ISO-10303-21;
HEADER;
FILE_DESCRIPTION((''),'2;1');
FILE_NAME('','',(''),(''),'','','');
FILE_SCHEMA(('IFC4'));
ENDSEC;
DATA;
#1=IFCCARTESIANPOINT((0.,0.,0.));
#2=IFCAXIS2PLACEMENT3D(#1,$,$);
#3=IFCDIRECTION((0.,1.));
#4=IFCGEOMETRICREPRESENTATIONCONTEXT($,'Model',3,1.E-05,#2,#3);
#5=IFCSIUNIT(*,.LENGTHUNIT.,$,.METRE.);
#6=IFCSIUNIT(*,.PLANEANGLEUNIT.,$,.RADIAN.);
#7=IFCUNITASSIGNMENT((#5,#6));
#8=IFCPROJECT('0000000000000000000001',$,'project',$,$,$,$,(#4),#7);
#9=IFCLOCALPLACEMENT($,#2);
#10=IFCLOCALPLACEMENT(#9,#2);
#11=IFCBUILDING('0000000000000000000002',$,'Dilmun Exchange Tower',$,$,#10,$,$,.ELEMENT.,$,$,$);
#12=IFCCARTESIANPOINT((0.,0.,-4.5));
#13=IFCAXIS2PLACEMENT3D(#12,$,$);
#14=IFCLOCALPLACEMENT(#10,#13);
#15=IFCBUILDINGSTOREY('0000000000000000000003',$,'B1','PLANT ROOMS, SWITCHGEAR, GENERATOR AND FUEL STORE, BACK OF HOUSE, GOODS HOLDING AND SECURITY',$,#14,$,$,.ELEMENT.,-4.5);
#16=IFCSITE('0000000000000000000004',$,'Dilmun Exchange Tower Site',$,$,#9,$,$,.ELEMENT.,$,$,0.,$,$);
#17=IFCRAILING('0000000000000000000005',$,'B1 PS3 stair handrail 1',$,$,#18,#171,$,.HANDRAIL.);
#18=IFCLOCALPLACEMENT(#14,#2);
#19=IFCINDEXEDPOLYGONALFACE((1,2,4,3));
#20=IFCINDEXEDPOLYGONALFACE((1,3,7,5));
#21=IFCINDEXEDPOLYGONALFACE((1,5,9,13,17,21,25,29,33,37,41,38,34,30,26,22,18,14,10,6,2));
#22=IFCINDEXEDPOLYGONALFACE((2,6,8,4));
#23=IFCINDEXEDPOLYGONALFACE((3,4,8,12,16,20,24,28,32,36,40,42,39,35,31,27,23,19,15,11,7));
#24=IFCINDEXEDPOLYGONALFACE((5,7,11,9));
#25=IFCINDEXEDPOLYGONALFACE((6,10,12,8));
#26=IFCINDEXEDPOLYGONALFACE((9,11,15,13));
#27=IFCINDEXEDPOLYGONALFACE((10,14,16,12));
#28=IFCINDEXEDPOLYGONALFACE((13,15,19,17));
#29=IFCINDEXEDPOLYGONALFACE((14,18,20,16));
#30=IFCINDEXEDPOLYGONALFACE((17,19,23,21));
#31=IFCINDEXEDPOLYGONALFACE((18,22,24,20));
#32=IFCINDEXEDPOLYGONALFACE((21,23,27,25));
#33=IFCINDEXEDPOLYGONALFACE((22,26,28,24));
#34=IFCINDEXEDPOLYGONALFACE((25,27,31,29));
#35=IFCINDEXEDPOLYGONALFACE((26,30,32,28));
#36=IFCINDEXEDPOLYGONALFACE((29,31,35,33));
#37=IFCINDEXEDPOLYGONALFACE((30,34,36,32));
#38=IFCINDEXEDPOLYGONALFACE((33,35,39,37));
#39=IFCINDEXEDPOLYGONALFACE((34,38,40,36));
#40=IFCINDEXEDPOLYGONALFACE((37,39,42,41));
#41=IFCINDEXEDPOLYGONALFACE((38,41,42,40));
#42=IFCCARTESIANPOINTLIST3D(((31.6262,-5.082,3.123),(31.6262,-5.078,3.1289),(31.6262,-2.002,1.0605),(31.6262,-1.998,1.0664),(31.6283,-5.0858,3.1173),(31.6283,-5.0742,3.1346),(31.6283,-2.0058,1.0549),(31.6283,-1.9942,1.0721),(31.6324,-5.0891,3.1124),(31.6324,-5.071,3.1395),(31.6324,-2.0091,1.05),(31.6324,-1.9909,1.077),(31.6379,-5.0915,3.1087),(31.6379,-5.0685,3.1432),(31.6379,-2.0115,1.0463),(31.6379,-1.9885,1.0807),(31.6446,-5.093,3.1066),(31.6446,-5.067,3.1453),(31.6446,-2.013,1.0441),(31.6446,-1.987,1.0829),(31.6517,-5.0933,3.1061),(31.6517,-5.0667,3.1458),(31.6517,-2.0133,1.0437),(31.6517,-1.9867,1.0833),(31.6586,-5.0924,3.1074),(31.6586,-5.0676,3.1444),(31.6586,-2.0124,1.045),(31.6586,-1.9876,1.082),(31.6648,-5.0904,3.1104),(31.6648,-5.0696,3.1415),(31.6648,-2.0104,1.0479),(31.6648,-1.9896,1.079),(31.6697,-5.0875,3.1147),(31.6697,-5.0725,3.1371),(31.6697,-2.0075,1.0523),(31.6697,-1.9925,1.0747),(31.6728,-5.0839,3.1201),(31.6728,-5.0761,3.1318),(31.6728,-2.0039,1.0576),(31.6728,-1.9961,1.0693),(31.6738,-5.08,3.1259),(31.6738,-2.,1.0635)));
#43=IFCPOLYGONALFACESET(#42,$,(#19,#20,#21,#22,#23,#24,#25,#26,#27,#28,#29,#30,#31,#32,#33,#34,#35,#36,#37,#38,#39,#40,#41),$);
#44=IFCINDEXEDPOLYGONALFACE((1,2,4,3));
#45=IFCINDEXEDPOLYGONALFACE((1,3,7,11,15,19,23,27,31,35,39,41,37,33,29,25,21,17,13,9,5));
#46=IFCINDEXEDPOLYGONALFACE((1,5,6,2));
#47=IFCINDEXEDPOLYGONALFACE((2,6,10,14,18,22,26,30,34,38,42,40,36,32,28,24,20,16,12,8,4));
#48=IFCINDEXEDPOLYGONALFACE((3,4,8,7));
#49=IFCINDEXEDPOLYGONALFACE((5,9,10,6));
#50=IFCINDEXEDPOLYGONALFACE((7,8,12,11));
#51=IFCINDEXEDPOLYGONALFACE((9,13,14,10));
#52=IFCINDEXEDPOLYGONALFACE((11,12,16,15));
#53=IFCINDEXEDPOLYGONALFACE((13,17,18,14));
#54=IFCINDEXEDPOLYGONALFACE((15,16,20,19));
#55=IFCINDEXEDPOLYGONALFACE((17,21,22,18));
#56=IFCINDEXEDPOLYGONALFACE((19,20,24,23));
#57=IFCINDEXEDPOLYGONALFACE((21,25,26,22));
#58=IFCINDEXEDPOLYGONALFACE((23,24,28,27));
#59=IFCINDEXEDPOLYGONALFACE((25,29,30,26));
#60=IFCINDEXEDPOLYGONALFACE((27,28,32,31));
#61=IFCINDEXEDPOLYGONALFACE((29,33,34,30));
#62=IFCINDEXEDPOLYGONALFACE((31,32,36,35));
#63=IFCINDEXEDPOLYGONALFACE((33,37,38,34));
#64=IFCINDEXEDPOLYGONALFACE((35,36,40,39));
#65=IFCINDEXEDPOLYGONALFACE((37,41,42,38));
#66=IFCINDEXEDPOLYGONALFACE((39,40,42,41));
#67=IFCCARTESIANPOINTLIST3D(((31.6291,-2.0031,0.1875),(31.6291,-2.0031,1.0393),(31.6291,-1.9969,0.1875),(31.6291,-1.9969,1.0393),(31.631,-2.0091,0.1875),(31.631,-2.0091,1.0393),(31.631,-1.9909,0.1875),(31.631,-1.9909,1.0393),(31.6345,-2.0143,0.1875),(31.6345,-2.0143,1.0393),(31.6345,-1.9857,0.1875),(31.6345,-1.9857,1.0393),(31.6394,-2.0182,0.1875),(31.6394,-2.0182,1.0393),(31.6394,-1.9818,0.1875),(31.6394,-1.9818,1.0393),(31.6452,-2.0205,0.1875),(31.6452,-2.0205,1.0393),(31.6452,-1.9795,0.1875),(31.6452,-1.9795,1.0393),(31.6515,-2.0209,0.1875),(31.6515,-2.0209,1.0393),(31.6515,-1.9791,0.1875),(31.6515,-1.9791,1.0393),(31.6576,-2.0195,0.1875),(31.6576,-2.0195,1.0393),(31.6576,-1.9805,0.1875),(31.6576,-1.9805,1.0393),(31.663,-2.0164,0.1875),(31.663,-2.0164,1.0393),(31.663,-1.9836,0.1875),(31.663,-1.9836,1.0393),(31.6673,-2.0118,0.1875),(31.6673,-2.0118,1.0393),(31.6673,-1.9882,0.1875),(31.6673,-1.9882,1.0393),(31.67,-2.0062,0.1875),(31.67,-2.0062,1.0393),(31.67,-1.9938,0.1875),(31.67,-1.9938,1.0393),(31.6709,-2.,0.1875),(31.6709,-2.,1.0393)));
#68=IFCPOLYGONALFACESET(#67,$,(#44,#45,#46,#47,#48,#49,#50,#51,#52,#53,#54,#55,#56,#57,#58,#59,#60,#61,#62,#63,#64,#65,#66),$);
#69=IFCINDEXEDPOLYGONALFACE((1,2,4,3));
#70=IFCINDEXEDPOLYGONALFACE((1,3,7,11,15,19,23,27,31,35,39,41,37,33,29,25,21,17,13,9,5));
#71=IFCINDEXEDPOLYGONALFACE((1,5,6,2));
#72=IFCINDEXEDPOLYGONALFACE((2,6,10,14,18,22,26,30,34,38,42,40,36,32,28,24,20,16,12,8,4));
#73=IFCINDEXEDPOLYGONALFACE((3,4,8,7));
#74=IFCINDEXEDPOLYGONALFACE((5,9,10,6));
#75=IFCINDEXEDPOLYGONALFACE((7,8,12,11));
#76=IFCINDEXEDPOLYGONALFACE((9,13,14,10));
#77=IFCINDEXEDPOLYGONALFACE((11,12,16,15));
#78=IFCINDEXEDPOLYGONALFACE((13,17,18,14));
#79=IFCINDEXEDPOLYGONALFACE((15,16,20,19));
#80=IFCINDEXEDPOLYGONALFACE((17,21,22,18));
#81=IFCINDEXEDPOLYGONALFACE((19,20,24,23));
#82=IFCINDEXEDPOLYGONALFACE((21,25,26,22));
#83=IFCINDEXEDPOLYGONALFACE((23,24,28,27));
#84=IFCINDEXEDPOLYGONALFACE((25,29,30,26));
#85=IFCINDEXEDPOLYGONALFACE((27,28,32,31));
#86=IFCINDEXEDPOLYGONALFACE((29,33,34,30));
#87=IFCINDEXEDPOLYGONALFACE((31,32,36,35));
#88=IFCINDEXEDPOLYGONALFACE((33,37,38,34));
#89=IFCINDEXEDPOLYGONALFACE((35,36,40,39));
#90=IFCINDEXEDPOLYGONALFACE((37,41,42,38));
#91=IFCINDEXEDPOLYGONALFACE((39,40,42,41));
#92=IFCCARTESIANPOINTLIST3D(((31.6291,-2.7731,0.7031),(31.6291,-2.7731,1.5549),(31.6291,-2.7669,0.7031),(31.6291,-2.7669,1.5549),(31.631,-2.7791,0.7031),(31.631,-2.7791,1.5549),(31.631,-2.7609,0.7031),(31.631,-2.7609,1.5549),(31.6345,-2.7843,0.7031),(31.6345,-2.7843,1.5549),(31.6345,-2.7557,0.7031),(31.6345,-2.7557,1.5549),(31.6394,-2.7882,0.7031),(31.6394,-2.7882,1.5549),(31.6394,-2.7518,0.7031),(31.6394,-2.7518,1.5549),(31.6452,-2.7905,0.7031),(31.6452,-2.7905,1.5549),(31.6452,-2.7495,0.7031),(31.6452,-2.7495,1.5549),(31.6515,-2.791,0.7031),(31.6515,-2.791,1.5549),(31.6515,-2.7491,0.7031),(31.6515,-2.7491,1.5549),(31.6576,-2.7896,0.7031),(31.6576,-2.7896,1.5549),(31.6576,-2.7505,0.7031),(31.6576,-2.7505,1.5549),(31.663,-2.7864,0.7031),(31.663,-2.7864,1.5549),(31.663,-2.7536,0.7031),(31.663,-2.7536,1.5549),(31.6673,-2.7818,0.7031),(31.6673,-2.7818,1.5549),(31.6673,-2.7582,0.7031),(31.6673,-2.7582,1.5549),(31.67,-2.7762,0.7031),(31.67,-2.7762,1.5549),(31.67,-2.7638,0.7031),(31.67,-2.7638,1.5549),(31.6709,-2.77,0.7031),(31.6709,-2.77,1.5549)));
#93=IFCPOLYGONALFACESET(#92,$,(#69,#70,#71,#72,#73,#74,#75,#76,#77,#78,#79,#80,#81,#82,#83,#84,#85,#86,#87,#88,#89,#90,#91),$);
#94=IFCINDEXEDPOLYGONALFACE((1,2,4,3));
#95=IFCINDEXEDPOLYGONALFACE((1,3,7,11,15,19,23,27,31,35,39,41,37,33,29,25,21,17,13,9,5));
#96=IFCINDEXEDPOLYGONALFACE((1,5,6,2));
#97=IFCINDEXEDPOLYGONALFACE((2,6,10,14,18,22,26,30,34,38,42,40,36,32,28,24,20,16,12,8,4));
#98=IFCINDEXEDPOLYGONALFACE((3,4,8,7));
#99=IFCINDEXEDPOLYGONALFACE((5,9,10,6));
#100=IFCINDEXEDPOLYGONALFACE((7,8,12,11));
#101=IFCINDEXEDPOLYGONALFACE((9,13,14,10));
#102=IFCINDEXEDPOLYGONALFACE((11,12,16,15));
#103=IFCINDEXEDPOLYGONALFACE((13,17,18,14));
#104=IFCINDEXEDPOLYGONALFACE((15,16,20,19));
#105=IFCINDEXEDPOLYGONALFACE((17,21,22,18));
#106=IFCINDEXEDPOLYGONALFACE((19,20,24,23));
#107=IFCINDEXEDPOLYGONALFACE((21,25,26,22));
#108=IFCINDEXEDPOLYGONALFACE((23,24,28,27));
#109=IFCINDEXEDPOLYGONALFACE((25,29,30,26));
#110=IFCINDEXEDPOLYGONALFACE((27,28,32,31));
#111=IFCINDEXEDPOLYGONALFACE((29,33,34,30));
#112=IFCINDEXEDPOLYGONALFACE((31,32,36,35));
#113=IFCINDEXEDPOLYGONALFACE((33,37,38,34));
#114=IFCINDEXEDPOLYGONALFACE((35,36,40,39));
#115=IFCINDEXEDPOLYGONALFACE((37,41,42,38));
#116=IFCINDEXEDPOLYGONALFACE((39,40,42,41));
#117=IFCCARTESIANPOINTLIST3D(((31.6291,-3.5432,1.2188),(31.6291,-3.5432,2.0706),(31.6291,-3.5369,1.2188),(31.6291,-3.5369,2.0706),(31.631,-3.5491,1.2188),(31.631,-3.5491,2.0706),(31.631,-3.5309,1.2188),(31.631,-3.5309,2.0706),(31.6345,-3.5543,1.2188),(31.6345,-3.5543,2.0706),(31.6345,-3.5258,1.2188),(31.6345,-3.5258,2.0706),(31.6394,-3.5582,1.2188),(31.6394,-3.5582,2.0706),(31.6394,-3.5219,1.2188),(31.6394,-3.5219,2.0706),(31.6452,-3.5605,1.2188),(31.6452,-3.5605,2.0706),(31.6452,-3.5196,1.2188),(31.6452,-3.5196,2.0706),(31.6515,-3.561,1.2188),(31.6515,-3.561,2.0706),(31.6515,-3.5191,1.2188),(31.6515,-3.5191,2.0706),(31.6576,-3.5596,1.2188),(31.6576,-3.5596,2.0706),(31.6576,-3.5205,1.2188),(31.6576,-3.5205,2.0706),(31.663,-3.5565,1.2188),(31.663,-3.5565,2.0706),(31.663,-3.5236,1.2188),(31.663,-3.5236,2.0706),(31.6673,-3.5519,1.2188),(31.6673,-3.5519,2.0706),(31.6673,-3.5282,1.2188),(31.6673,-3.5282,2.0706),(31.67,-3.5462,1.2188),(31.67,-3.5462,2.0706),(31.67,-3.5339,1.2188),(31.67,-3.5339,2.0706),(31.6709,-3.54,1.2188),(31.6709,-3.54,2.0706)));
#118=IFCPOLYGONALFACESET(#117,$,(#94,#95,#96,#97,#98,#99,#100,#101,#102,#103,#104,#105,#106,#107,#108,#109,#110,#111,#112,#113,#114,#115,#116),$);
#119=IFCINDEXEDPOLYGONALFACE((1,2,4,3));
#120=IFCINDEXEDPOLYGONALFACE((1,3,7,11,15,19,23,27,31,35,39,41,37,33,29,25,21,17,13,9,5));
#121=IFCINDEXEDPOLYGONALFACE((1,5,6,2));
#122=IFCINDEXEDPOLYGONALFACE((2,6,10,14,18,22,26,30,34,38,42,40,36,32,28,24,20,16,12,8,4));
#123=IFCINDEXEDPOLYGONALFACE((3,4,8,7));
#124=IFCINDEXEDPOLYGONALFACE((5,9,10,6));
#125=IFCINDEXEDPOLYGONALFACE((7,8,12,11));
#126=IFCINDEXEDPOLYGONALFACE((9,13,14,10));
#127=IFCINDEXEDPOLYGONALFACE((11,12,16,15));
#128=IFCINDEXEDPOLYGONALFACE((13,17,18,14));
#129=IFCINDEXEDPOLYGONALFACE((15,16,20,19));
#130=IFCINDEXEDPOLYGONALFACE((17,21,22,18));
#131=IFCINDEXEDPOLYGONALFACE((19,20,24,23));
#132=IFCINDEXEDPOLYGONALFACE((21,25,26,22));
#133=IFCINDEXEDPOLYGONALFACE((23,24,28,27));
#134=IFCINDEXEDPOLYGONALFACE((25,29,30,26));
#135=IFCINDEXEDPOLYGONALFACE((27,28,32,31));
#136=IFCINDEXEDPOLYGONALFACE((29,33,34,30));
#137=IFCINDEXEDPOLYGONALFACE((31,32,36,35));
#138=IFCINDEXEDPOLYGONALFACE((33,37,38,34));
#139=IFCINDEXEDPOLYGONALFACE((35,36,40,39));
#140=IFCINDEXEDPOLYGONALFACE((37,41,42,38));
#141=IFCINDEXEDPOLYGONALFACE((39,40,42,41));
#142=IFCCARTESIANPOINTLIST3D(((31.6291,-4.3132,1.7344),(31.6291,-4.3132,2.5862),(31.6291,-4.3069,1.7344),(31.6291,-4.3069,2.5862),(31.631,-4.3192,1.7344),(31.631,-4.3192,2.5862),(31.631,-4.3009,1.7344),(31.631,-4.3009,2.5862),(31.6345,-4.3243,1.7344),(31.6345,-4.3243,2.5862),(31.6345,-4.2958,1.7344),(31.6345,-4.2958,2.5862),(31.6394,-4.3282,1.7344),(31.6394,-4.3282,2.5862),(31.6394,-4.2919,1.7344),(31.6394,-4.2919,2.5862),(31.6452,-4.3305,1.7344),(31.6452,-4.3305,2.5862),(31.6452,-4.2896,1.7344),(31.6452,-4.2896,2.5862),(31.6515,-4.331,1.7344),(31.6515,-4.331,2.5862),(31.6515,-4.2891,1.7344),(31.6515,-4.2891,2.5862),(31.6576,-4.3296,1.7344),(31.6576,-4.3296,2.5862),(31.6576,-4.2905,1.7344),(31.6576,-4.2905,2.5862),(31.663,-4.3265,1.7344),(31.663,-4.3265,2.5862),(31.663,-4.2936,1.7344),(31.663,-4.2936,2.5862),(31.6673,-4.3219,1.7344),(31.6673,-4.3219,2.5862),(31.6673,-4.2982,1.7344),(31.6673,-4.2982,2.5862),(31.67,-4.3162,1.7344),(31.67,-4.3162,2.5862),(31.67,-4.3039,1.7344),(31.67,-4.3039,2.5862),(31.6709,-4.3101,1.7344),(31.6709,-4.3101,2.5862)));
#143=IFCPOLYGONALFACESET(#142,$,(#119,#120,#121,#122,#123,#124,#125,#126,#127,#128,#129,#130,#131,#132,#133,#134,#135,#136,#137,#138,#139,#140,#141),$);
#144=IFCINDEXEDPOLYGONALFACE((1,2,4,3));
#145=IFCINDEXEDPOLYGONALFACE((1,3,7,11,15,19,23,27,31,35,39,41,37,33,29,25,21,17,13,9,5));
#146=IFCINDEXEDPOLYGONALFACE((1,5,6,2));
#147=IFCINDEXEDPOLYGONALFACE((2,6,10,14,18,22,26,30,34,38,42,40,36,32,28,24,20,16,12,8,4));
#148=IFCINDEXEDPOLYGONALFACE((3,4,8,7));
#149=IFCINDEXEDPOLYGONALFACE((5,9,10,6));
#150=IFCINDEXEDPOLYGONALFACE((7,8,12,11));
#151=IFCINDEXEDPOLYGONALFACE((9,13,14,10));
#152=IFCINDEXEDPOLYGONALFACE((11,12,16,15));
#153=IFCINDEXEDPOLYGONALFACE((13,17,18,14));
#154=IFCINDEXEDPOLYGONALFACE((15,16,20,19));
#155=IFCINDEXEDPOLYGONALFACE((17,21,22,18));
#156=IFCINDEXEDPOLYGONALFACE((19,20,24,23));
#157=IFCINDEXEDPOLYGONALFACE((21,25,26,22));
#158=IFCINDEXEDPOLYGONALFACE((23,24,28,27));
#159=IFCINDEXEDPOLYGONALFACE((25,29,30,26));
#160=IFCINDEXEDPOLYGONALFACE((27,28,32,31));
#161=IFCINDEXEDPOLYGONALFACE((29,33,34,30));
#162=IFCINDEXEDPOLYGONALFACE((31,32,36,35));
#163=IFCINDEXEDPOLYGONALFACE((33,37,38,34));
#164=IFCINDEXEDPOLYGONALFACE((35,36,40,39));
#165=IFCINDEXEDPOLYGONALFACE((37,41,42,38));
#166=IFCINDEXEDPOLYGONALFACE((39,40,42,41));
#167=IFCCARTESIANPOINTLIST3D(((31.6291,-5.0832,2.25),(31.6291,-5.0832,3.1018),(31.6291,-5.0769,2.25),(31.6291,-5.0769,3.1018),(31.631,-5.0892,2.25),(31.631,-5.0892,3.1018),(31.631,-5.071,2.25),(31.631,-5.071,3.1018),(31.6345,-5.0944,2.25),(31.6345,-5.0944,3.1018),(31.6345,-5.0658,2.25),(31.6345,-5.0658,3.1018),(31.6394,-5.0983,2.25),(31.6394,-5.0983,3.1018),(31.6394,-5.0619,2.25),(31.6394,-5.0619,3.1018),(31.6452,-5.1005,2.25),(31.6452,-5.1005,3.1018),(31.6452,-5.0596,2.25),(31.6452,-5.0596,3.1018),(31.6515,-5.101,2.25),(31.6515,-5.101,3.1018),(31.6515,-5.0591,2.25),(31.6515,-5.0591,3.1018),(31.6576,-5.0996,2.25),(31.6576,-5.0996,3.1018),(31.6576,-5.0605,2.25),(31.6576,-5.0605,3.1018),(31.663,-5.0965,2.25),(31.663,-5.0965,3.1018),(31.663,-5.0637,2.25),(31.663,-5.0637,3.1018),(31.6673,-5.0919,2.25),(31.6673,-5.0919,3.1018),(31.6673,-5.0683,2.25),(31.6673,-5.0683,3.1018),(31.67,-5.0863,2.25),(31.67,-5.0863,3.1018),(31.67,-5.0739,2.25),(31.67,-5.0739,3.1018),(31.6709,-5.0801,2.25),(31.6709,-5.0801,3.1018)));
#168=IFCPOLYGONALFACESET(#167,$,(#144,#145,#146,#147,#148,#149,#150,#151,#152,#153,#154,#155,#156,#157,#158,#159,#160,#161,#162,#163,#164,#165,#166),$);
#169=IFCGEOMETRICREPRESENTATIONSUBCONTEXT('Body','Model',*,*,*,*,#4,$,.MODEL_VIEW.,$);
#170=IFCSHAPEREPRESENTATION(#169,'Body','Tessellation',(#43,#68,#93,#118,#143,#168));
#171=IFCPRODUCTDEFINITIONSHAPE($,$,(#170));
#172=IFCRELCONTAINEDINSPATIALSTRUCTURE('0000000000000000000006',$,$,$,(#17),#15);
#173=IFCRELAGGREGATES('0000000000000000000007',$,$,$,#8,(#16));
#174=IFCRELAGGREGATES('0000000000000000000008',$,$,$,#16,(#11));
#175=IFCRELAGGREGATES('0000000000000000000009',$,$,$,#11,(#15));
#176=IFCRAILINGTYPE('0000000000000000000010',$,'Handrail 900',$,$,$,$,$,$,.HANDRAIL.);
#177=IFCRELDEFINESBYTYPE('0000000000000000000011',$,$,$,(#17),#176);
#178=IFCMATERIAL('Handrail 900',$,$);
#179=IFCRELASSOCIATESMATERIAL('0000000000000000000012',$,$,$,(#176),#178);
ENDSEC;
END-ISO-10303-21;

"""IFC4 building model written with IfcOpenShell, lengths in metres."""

from ifc_helpers import new_model, si_unit, direction, frame, origin, origin_2d, place, context, subcontext, project, spatial, circle, extrude, material, type_object, element, save


model = new_model("IFC4")

# Units and contexts
model_context = context("Model", 3, precision=1e-05, world=origin(), true_north=direction((0.0, 1.0)))
body_context = subcontext(model_context, "Body", "Model", "MODEL_VIEW")
ifc_project = project(units=[si_unit("LENGTHUNIT", "METRE"), si_unit("PLANEANGLEUNIT", "RADIAN")], contexts=[model_context])

# Site, building, storey
site_placement = place(None, origin())
site = spatial("IfcSite", under=ifc_project, at=site_placement, Name="Dilmun Exchange Tower Site", CompositionType="ELEMENT", RefElevation=0.0)
building_placement = place(site_placement, origin())
building = spatial("IfcBuilding", under=site, at=building_placement, Name="Dilmun Exchange Tower", CompositionType="ELEMENT")
storey_placement = place(building_placement, frame((0.0, 0.0, -4.5)))
storey = spatial("IfcBuildingStorey", under=building, at=storey_placement, Name="B1", Description="PLANT ROOMS, SWITCHGEAR, GENERATOR AND FUEL STORE, BACK OF HOUSE, GOODS HOLDING AND SECURITY", CompositionType="ELEMENT", Elevation=-4.5)

# Railing
ifc_material_1 = material(Name="Handrail 900")
railing_type_1 = type_object("IfcRailingType", Name="Handrail 900", PredefinedType="HANDRAIL", material=ifc_material_1)
railing_1_placement = place(storey_placement, frame((31.6499, -2.0, 0.1875)))
element("IfcRailing", 1, at=railing_1_placement, inside=storey, type_object=railing_type_1, Name="B1 PS3 stair handrail 1", PredefinedType="HANDRAIL", context=body_context, shape_type="SweptSolid", body=[
    extrude(circle(Radius=0.0239, at=origin_2d()), frame((0.0, 0.0, 0.876), z_axis=(0.0, -0.830914, 0.556401), x_axis=(1.0, 0.0, 0.0)), (0.0, 0.0, 1.0), 3.7068),
    extrude(circle(Radius=0.021, at=origin_2d()), origin(), (0.0, 0.0, 1.0), 0.8518),
    extrude(circle(Radius=0.021, at=origin_2d()), frame((0.0, -0.77, 0.5156)), (0.0, 0.0, 1.0), 0.8518),
    extrude(circle(Radius=0.021, at=origin_2d()), frame((0.0, -1.54, 1.0312)), (0.0, 0.0, 1.0), 0.8518),
    extrude(circle(Radius=0.021, at=origin_2d()), frame((0.0, -2.3101, 1.5469)), (0.0, 0.0, 1.0), 0.8518),
    extrude(circle(Radius=0.021, at=origin_2d()), frame((0.0, -3.0801, 2.0625)), (0.0, 0.0, 1.0), 0.8518),
])

save(model, "model.ifc")
